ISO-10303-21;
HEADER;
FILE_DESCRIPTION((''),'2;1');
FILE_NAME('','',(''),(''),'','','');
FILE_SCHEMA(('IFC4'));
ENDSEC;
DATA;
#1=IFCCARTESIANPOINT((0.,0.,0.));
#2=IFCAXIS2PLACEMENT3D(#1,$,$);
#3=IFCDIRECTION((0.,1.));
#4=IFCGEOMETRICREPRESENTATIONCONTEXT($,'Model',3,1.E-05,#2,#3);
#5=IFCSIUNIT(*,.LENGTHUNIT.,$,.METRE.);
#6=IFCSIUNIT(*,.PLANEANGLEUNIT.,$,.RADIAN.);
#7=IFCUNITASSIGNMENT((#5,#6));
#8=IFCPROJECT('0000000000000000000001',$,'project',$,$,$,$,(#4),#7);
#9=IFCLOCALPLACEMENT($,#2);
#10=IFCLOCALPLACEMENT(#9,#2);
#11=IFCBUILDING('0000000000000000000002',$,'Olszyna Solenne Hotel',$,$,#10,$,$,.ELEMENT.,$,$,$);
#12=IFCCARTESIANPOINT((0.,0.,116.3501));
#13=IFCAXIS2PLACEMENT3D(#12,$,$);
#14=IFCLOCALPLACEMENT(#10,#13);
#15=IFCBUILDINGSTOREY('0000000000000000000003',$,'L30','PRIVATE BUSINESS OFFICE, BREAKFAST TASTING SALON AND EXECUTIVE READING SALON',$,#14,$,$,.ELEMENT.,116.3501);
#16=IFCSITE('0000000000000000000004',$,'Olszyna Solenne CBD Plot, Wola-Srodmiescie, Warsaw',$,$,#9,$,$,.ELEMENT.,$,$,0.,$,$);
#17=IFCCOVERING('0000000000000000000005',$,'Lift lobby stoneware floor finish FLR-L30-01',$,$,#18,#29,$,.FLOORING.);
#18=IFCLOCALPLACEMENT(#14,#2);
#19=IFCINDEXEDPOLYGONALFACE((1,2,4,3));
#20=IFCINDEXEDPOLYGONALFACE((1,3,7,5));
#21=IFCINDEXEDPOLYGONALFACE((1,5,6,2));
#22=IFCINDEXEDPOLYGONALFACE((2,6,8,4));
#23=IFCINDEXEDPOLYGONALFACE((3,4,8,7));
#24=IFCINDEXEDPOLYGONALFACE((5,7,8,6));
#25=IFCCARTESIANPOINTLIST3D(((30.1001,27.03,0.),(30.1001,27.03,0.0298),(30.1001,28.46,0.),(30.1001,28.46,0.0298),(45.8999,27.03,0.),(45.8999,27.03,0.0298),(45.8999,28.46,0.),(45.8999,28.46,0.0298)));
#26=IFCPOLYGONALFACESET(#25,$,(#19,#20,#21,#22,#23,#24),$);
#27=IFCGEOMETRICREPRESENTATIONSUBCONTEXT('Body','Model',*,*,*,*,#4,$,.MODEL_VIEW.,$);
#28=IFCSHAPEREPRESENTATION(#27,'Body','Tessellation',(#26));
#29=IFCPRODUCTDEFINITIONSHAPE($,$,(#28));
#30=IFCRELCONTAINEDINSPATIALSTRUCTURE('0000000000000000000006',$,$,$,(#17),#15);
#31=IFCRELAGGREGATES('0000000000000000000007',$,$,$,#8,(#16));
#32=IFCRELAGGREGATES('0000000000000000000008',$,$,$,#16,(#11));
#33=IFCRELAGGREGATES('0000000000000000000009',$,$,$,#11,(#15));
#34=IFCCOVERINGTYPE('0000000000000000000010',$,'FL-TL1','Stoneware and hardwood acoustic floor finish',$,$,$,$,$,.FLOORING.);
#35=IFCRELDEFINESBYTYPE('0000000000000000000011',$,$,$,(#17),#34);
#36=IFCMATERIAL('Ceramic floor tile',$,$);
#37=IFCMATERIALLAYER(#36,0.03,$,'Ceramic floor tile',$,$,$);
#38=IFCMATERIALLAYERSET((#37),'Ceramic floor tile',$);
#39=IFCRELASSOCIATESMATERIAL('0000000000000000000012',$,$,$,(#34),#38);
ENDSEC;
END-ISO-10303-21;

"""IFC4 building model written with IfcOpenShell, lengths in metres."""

from ifc_helpers import new_model, si_unit, direction, frame, origin, place, context, subcontext, project, spatial, polyline, outline, extrude, material, layer, layer_set, type_object, element, save


model = new_model("IFC4")

# Units and contexts
model_context = context("Model", 3, precision=1e-05, world=origin(), true_north=direction((0.0, 1.0)))
body_context = subcontext(model_context, "Body", "Model", "MODEL_VIEW")
ifc_project = project(units=[si_unit("LENGTHUNIT", "METRE"), si_unit("PLANEANGLEUNIT", "RADIAN")], contexts=[model_context])

# Site, building, storey
site_placement = place(None, origin())
site = spatial("IfcSite", under=ifc_project, at=site_placement, Name="Olszyna Solenne CBD Plot, Wola-Srodmiescie, Warsaw", CompositionType="ELEMENT", RefElevation=0.0)
building_placement = place(site_placement, origin())
building = spatial("IfcBuilding", under=site, at=building_placement, Name="Olszyna Solenne Hotel", CompositionType="ELEMENT")
storey_placement = place(building_placement, frame((0.0, 0.0, 116.3501)))
storey = spatial("IfcBuildingStorey", under=building, at=storey_placement, Name="L30", Description="PRIVATE BUSINESS OFFICE, BREAKFAST TASTING SALON AND EXECUTIVE READING SALON", CompositionType="ELEMENT", Elevation=116.3501)

# Covering
ifc_material_1 = material(Name="Ceramic floor tile")
ifc_layer_1 = layer(ifc_material_1, 0.03, Name="Ceramic floor tile")
ifc_layer_set_1 = layer_set([ifc_layer_1], Name="Ceramic floor tile")
covering_type_1 = type_object("IfcCoveringType", Name="FL-TL1", Description="Stoneware and hardwood acoustic floor finish", PredefinedType="FLOORING", material=ifc_layer_set_1)
covering_1_placement = place(storey_placement, origin())
element("IfcCovering", 1, at=covering_1_placement, inside=storey, type_object=covering_type_1, Name="Lift lobby stoneware floor finish FLR-L30-01", PredefinedType="FLOORING", context=body_context, shape_type="SweptSolid", body=[
    extrude(outline(polyline([(30.1001, 27.03), (45.8999, 27.03), (45.8999, 28.46), (30.1001, 28.46), (30.1001, 27.03)])), origin(), (0.0, 0.0, 1.0), 0.0298),
])

save(model, "model.ifc")
